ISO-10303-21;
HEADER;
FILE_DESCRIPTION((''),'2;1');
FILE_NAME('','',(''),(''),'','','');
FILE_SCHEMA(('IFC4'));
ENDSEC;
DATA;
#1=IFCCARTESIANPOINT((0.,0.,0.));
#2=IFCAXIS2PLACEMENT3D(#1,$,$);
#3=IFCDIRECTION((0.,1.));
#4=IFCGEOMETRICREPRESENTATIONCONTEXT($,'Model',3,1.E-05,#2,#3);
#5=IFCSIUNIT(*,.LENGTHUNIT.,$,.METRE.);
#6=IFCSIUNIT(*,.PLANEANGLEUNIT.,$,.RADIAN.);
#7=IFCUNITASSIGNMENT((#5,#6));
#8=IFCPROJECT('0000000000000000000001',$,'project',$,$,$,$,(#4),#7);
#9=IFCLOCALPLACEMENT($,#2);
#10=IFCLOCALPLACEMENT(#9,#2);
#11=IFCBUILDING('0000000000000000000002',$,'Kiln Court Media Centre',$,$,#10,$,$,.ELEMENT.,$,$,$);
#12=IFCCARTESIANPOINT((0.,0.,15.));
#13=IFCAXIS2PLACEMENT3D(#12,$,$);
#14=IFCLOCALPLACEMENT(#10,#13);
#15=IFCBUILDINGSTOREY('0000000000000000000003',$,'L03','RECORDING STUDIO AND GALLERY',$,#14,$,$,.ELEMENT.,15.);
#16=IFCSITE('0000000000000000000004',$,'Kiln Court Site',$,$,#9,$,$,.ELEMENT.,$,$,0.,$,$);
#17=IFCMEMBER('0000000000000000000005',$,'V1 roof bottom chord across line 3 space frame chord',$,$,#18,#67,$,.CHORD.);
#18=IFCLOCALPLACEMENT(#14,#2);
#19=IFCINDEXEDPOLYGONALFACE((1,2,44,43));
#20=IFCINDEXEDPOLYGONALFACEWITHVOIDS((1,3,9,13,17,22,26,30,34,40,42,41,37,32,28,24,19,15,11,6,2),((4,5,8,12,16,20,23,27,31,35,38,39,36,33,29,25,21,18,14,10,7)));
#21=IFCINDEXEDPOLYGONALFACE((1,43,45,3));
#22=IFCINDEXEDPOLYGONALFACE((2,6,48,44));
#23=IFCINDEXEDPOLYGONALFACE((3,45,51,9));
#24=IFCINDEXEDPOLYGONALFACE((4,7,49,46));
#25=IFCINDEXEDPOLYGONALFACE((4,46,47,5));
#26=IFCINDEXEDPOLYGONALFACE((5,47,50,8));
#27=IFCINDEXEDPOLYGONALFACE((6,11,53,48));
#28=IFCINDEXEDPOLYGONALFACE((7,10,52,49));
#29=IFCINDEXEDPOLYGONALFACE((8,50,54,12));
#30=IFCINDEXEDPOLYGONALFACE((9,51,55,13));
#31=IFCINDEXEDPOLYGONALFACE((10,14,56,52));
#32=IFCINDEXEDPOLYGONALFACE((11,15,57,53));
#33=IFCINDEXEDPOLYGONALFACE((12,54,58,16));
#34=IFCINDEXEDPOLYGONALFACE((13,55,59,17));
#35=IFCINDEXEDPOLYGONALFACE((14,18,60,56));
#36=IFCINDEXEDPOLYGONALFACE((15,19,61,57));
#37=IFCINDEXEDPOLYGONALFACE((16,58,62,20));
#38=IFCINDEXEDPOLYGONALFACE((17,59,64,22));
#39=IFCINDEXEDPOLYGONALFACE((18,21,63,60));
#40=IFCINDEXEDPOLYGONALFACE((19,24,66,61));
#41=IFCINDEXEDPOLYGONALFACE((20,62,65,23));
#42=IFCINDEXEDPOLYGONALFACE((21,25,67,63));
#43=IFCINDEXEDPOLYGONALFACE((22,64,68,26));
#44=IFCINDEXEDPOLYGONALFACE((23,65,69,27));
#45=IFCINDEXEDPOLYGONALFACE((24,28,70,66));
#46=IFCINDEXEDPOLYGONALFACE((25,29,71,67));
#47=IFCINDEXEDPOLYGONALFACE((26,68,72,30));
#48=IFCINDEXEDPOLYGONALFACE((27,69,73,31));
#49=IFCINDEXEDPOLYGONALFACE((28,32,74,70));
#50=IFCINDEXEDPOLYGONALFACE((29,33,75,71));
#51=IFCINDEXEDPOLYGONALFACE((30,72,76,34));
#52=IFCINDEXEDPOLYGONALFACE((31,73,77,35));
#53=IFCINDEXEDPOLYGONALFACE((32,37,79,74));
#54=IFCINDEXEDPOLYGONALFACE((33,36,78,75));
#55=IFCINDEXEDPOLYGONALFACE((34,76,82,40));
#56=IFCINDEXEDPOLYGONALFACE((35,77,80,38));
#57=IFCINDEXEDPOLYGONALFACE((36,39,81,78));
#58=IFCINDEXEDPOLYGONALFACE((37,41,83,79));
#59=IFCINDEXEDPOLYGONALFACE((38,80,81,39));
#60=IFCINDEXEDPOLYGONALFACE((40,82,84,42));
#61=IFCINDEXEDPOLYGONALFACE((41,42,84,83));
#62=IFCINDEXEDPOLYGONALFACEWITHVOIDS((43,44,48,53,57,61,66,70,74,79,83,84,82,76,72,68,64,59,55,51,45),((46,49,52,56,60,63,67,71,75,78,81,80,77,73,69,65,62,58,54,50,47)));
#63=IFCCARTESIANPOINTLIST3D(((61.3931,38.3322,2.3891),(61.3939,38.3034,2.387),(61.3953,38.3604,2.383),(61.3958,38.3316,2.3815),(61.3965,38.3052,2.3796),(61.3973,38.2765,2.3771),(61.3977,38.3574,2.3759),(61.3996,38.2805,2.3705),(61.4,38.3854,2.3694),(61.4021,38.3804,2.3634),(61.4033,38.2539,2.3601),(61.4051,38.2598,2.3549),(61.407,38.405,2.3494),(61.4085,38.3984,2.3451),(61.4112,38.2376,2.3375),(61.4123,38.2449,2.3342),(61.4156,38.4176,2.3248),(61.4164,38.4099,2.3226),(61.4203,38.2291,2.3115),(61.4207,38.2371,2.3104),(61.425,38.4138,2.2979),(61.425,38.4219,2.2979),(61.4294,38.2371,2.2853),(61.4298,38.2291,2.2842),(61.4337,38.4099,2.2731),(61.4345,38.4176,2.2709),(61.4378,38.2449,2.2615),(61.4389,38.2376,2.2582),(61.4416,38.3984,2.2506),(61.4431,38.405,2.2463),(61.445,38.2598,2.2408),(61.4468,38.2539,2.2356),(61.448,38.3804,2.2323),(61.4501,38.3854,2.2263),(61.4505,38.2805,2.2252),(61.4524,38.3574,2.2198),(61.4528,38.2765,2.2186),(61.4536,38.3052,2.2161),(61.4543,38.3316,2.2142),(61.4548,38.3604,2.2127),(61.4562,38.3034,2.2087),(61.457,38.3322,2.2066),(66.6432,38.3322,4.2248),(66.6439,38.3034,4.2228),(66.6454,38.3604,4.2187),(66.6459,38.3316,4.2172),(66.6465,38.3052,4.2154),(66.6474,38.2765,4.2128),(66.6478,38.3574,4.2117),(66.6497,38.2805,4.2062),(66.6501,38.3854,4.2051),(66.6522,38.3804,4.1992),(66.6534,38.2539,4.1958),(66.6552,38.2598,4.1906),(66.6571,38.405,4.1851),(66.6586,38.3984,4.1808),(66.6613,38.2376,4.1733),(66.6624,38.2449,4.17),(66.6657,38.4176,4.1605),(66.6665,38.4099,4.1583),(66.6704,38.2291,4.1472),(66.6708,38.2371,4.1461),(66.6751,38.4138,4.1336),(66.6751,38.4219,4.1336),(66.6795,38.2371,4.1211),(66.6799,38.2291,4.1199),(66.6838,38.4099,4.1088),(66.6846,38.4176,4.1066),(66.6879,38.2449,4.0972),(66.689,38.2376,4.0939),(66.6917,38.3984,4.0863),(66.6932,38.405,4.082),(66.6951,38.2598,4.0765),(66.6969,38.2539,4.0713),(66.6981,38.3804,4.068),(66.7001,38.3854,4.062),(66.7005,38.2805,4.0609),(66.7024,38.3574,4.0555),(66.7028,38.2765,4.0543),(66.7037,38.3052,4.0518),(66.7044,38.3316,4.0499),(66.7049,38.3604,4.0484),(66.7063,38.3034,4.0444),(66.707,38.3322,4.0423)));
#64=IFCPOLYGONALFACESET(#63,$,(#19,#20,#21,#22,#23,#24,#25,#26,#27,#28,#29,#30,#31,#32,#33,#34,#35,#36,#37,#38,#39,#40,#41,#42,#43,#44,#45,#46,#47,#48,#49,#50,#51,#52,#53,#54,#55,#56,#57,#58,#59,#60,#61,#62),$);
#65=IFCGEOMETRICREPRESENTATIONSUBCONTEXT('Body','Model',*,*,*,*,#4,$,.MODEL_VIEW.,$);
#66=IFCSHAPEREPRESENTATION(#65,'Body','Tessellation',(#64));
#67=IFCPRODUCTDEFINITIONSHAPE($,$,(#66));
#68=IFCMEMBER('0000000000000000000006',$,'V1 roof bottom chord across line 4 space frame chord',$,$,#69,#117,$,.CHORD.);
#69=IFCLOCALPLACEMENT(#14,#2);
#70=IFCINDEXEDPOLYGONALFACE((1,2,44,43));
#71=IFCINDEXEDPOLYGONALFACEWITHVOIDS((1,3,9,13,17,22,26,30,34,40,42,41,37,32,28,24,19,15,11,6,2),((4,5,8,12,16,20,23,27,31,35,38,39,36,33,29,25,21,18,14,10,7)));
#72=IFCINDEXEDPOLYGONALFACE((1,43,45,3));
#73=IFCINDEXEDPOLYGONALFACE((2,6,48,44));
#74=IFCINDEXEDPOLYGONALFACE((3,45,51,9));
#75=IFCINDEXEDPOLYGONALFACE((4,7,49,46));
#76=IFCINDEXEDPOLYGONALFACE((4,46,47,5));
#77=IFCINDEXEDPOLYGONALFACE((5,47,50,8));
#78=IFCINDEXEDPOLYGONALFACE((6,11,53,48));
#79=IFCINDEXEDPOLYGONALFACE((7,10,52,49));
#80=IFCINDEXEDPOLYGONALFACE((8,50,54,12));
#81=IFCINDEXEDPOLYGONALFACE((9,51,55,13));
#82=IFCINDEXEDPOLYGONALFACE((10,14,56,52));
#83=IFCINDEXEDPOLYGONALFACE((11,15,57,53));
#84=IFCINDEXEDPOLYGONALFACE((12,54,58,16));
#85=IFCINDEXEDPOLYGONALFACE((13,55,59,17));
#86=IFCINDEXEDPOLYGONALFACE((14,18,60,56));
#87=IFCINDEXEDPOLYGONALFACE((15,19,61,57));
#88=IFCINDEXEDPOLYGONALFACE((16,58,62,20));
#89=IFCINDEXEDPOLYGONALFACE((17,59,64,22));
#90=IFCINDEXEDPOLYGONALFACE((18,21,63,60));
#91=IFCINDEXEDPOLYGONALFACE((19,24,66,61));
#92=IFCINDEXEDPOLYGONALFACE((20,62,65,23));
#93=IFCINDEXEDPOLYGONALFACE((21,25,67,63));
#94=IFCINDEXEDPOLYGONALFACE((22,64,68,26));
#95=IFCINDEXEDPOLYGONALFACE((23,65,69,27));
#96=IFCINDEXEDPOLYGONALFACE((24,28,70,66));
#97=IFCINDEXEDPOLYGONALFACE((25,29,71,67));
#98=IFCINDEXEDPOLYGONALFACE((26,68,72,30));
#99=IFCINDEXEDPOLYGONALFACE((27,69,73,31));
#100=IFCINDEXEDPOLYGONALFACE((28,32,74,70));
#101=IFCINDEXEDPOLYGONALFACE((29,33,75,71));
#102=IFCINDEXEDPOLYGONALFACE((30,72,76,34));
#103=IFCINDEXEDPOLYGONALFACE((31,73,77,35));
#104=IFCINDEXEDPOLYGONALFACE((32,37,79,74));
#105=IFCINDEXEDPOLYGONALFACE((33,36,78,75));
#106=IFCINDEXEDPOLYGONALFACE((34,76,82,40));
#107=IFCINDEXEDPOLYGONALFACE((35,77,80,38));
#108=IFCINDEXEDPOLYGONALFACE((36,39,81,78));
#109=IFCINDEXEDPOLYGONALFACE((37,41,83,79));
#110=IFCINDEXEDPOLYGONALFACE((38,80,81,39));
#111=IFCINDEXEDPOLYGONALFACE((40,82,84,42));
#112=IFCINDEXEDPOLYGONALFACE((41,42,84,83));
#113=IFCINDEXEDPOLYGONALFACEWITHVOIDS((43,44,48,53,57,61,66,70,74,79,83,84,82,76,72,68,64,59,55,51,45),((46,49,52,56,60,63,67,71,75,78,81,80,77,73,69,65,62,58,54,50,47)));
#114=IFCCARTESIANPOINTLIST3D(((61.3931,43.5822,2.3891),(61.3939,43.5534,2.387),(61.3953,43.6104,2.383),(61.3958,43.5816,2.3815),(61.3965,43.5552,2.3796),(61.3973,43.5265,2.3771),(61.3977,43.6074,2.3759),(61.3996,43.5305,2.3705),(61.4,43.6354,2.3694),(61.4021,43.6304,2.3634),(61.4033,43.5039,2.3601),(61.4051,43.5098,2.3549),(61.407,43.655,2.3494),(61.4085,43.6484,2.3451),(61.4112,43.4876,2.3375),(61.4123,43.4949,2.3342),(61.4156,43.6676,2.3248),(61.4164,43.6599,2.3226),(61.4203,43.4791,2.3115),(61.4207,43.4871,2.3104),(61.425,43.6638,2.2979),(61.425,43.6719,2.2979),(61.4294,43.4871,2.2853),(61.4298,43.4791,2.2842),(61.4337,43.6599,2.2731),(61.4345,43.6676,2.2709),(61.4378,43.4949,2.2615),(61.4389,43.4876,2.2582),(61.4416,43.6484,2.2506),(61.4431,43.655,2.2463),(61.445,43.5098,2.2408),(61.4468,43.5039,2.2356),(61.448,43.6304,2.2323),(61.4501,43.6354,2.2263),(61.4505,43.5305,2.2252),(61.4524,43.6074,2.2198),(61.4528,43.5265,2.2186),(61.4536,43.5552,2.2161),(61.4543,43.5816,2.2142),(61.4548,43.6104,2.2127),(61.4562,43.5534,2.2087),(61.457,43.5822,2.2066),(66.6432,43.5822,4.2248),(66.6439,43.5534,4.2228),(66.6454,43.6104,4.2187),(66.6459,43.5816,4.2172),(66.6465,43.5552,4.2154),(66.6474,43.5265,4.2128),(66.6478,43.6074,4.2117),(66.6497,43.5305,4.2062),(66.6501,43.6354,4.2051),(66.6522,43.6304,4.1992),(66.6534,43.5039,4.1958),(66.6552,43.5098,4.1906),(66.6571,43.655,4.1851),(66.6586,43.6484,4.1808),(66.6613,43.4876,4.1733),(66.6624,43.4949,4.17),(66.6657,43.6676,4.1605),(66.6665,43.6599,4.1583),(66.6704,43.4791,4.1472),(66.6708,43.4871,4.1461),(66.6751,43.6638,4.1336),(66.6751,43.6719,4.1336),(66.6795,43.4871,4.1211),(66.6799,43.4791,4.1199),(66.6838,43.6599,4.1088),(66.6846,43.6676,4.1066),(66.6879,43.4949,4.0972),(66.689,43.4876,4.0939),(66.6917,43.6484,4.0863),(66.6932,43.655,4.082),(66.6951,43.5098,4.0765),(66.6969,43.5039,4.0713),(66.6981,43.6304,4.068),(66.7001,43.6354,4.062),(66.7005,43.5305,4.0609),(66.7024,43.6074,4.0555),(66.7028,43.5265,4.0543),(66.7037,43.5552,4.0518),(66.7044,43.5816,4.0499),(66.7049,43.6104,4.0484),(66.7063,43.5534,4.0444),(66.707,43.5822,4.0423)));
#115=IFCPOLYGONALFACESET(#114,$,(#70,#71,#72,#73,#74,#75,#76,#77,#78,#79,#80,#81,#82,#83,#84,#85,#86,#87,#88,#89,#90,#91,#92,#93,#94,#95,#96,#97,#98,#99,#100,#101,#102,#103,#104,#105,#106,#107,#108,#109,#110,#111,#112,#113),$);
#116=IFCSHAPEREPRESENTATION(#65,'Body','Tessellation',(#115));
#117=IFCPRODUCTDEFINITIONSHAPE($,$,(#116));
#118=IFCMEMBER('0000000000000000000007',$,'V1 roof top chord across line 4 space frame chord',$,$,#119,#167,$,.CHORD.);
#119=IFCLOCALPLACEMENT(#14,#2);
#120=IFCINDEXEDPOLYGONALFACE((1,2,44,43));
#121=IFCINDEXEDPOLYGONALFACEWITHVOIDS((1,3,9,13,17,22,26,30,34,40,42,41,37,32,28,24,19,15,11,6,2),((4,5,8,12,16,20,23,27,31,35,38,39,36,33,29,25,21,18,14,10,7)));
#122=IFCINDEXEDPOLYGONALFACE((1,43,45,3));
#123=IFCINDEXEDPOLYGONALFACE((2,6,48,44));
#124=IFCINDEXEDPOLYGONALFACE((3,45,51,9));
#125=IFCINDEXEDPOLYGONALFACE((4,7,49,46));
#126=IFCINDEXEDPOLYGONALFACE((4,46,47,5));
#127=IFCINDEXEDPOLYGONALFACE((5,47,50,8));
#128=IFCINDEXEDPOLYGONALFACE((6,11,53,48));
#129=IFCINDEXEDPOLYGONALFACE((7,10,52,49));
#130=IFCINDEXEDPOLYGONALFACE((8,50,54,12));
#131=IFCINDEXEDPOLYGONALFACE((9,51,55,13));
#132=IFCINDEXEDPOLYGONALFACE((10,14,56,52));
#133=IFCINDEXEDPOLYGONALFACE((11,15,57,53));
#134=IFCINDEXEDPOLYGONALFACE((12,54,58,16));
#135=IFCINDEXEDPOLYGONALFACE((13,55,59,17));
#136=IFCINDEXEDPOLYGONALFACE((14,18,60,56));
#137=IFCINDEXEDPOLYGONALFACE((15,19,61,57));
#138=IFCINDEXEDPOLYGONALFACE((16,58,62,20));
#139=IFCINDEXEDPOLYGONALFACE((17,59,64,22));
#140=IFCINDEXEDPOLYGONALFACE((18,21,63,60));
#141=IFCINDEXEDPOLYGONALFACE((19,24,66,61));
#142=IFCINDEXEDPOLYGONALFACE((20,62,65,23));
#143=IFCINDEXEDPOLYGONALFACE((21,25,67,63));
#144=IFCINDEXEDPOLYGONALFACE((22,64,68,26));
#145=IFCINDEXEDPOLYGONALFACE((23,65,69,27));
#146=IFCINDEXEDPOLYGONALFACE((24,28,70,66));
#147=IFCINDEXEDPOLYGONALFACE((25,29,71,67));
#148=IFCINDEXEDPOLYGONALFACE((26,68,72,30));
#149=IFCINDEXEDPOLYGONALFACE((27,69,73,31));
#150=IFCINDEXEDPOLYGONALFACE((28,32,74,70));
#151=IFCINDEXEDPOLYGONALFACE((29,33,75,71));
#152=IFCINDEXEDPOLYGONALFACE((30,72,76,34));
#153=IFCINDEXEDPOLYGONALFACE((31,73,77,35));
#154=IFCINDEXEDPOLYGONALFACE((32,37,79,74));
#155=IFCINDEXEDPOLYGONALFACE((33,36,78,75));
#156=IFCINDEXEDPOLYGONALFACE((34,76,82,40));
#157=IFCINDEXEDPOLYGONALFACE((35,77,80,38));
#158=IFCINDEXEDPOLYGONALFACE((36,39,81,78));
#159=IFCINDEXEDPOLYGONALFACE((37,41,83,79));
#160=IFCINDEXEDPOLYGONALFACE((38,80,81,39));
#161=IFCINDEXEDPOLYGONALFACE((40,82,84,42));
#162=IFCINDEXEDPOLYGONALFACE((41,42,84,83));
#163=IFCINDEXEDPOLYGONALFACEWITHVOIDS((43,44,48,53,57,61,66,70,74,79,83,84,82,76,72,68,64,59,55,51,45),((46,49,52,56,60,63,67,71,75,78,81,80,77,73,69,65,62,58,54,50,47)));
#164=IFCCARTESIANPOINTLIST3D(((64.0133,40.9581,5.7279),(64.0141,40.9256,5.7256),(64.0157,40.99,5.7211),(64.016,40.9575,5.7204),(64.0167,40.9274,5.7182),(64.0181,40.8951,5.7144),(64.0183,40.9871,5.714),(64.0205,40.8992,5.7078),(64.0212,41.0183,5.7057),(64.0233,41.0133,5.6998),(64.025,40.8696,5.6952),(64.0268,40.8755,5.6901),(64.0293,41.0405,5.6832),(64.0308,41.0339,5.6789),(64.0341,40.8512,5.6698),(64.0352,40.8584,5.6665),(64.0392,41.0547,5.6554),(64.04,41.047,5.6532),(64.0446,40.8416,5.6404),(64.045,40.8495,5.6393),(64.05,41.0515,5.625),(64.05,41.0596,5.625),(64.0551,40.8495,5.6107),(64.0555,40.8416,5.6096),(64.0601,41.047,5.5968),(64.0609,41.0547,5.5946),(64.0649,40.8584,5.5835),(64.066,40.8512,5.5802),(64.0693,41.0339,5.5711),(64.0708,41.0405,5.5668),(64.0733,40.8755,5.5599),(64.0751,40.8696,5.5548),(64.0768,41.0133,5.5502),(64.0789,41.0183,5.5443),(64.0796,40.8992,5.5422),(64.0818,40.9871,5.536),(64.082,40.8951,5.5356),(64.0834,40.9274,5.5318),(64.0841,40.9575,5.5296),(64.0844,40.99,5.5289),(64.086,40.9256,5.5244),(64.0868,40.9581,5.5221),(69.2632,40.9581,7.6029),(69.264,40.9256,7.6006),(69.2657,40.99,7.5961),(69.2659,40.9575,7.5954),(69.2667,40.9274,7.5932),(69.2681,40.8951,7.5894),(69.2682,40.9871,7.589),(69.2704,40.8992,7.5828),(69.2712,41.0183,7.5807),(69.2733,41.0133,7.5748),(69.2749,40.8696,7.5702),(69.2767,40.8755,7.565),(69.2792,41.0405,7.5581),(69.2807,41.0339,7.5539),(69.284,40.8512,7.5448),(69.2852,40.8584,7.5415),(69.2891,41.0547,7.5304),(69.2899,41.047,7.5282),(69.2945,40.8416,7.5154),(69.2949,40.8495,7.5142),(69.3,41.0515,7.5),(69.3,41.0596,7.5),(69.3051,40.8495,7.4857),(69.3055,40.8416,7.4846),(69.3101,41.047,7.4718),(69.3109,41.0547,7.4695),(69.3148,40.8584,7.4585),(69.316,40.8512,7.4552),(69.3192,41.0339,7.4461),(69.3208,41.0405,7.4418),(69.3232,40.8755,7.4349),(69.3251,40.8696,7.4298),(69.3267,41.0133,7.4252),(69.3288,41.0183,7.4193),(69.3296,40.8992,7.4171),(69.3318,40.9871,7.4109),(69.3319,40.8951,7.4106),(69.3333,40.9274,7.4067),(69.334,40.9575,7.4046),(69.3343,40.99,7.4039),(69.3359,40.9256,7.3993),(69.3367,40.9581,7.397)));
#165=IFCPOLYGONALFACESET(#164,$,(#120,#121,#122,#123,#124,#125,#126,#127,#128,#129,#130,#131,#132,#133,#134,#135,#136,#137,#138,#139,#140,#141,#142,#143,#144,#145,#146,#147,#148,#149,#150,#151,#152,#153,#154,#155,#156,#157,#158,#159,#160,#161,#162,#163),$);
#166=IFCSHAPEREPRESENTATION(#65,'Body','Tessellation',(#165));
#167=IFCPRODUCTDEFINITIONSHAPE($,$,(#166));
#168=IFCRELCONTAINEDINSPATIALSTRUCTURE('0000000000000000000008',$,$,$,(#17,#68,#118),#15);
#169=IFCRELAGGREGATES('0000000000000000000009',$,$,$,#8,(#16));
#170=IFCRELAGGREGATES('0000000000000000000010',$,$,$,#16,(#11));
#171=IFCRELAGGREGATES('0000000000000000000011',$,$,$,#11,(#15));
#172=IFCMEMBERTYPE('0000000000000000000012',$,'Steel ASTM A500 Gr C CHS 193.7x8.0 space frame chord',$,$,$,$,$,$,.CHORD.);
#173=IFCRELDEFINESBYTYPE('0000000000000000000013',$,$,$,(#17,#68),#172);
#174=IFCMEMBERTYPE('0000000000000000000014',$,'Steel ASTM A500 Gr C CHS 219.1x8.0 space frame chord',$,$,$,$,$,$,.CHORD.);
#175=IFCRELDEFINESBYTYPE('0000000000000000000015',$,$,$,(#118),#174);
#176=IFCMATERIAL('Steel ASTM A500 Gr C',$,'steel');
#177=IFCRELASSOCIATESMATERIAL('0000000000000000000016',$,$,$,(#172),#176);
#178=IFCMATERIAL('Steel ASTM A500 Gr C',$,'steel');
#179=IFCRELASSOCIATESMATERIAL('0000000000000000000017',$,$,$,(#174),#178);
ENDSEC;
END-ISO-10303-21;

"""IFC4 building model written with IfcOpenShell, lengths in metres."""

from ifc_helpers import new_model, si_unit, direction, frame, origin, origin_2d, place, context, subcontext, project, spatial, hollow_circle, extrude, material, material_profile, profile_set, type_object, element, save


model = new_model("IFC4")

# Units and contexts
model_context = context("Model", 3, precision=1e-05, world=origin(), true_north=direction((0.0, 1.0)))
body_context = subcontext(model_context, "Body", "Model", "MODEL_VIEW")
ifc_project = project(units=[si_unit("LENGTHUNIT", "METRE"), si_unit("PLANEANGLEUNIT", "RADIAN")], contexts=[model_context])

# Site, building, storey
site_placement = place(None, origin())
site = spatial("IfcSite", under=ifc_project, at=site_placement, Name="Kiln Court Site", CompositionType="ELEMENT", RefElevation=0.0)
building_placement = place(site_placement, origin())
building = spatial("IfcBuilding", under=site, at=building_placement, Name="Kiln Court Media Centre", CompositionType="ELEMENT")
storey_placement = place(building_placement, frame((0.0, 0.0, 15.0)))
storey = spatial("IfcBuildingStorey", under=building, at=storey_placement, Name="L03", Description="RECORDING STUDIO AND GALLERY", CompositionType="ELEMENT", Elevation=15.0)

# Members
ifc_material_1 = material(Name="Steel ASTM A500 Gr C", Category="steel")
ifc_material_profile_1 = material_profile(ifc_material_1, hollow_circle(Radius=0.0969, WallThickness=0.0081, at=origin_2d()), Name="CHS 193.7x8.0")
ifc_profile_set_1 = profile_set([ifc_material_profile_1], Name="Steel ASTM A500 Gr C")
member_type_1 = type_object("IfcMemberType", Name="Steel ASTM A500 Gr C CHS 193.7x8.0 space frame chord", PredefinedType="CHORD", material=ifc_profile_set_1)
for number, where, z_axis, x_axis, name in (
    (1, (61.425, 38.325, 2.2979), (0.94396, 0.0, 0.330061), (0.0, 1.0, 0.0), "V1 roof bottom chord across line 3 space frame chord"),
    (2, (61.425, 43.575, 2.2979), (0.94396, 0.0, 0.330061), (0.0, 1.0, 0.0), "V1 roof bottom chord across line 4 space frame chord"),
):
    element("IfcMember", number, at=place(storey_placement, frame(where, z_axis=z_axis, x_axis=x_axis)), inside=storey, type_object=member_type_1, Name=name, PredefinedType="CHORD", context=body_context, shape_type="SweptSolid", body=[
        extrude(hollow_circle(Radius=0.0969, WallThickness=0.0081, at=origin_2d()), origin(), (0.0, 0.0, 1.0), 5.5618),
    ])
ifc_material_2 = material(Name="Steel ASTM A500 Gr C", Category="steel")
ifc_material_profile_2 = material_profile(ifc_material_2, hollow_circle(Radius=0.1096, WallThickness=0.0081, at=origin_2d()), Name="CHS 219.1x8.0")
ifc_profile_set_2 = profile_set([ifc_material_profile_2], Name="Steel ASTM A500 Gr C")
member_type_2 = type_object("IfcMemberType", Name="Steel ASTM A500 Gr C CHS 219.1x8.0 space frame chord", PredefinedType="CHORD", material=ifc_profile_set_2)
member_1_placement = place(storey_placement, frame((64.05, 40.95, 5.625), z_axis=(0.941742, 0.0, 0.336336), x_axis=(0.0, 1.0, 0.0)))
element("IfcMember", 3, at=member_1_placement, inside=storey, type_object=member_type_2, Name="V1 roof top chord across line 4 space frame chord", PredefinedType="CHORD", context=body_context, shape_type="SweptSolid", body=[
    extrude(hollow_circle(Radius=0.1096, WallThickness=0.0081, at=origin_2d()), origin(), (0.0, 0.0, 1.0), 5.5747),
])

save(model, "model.ifc")
